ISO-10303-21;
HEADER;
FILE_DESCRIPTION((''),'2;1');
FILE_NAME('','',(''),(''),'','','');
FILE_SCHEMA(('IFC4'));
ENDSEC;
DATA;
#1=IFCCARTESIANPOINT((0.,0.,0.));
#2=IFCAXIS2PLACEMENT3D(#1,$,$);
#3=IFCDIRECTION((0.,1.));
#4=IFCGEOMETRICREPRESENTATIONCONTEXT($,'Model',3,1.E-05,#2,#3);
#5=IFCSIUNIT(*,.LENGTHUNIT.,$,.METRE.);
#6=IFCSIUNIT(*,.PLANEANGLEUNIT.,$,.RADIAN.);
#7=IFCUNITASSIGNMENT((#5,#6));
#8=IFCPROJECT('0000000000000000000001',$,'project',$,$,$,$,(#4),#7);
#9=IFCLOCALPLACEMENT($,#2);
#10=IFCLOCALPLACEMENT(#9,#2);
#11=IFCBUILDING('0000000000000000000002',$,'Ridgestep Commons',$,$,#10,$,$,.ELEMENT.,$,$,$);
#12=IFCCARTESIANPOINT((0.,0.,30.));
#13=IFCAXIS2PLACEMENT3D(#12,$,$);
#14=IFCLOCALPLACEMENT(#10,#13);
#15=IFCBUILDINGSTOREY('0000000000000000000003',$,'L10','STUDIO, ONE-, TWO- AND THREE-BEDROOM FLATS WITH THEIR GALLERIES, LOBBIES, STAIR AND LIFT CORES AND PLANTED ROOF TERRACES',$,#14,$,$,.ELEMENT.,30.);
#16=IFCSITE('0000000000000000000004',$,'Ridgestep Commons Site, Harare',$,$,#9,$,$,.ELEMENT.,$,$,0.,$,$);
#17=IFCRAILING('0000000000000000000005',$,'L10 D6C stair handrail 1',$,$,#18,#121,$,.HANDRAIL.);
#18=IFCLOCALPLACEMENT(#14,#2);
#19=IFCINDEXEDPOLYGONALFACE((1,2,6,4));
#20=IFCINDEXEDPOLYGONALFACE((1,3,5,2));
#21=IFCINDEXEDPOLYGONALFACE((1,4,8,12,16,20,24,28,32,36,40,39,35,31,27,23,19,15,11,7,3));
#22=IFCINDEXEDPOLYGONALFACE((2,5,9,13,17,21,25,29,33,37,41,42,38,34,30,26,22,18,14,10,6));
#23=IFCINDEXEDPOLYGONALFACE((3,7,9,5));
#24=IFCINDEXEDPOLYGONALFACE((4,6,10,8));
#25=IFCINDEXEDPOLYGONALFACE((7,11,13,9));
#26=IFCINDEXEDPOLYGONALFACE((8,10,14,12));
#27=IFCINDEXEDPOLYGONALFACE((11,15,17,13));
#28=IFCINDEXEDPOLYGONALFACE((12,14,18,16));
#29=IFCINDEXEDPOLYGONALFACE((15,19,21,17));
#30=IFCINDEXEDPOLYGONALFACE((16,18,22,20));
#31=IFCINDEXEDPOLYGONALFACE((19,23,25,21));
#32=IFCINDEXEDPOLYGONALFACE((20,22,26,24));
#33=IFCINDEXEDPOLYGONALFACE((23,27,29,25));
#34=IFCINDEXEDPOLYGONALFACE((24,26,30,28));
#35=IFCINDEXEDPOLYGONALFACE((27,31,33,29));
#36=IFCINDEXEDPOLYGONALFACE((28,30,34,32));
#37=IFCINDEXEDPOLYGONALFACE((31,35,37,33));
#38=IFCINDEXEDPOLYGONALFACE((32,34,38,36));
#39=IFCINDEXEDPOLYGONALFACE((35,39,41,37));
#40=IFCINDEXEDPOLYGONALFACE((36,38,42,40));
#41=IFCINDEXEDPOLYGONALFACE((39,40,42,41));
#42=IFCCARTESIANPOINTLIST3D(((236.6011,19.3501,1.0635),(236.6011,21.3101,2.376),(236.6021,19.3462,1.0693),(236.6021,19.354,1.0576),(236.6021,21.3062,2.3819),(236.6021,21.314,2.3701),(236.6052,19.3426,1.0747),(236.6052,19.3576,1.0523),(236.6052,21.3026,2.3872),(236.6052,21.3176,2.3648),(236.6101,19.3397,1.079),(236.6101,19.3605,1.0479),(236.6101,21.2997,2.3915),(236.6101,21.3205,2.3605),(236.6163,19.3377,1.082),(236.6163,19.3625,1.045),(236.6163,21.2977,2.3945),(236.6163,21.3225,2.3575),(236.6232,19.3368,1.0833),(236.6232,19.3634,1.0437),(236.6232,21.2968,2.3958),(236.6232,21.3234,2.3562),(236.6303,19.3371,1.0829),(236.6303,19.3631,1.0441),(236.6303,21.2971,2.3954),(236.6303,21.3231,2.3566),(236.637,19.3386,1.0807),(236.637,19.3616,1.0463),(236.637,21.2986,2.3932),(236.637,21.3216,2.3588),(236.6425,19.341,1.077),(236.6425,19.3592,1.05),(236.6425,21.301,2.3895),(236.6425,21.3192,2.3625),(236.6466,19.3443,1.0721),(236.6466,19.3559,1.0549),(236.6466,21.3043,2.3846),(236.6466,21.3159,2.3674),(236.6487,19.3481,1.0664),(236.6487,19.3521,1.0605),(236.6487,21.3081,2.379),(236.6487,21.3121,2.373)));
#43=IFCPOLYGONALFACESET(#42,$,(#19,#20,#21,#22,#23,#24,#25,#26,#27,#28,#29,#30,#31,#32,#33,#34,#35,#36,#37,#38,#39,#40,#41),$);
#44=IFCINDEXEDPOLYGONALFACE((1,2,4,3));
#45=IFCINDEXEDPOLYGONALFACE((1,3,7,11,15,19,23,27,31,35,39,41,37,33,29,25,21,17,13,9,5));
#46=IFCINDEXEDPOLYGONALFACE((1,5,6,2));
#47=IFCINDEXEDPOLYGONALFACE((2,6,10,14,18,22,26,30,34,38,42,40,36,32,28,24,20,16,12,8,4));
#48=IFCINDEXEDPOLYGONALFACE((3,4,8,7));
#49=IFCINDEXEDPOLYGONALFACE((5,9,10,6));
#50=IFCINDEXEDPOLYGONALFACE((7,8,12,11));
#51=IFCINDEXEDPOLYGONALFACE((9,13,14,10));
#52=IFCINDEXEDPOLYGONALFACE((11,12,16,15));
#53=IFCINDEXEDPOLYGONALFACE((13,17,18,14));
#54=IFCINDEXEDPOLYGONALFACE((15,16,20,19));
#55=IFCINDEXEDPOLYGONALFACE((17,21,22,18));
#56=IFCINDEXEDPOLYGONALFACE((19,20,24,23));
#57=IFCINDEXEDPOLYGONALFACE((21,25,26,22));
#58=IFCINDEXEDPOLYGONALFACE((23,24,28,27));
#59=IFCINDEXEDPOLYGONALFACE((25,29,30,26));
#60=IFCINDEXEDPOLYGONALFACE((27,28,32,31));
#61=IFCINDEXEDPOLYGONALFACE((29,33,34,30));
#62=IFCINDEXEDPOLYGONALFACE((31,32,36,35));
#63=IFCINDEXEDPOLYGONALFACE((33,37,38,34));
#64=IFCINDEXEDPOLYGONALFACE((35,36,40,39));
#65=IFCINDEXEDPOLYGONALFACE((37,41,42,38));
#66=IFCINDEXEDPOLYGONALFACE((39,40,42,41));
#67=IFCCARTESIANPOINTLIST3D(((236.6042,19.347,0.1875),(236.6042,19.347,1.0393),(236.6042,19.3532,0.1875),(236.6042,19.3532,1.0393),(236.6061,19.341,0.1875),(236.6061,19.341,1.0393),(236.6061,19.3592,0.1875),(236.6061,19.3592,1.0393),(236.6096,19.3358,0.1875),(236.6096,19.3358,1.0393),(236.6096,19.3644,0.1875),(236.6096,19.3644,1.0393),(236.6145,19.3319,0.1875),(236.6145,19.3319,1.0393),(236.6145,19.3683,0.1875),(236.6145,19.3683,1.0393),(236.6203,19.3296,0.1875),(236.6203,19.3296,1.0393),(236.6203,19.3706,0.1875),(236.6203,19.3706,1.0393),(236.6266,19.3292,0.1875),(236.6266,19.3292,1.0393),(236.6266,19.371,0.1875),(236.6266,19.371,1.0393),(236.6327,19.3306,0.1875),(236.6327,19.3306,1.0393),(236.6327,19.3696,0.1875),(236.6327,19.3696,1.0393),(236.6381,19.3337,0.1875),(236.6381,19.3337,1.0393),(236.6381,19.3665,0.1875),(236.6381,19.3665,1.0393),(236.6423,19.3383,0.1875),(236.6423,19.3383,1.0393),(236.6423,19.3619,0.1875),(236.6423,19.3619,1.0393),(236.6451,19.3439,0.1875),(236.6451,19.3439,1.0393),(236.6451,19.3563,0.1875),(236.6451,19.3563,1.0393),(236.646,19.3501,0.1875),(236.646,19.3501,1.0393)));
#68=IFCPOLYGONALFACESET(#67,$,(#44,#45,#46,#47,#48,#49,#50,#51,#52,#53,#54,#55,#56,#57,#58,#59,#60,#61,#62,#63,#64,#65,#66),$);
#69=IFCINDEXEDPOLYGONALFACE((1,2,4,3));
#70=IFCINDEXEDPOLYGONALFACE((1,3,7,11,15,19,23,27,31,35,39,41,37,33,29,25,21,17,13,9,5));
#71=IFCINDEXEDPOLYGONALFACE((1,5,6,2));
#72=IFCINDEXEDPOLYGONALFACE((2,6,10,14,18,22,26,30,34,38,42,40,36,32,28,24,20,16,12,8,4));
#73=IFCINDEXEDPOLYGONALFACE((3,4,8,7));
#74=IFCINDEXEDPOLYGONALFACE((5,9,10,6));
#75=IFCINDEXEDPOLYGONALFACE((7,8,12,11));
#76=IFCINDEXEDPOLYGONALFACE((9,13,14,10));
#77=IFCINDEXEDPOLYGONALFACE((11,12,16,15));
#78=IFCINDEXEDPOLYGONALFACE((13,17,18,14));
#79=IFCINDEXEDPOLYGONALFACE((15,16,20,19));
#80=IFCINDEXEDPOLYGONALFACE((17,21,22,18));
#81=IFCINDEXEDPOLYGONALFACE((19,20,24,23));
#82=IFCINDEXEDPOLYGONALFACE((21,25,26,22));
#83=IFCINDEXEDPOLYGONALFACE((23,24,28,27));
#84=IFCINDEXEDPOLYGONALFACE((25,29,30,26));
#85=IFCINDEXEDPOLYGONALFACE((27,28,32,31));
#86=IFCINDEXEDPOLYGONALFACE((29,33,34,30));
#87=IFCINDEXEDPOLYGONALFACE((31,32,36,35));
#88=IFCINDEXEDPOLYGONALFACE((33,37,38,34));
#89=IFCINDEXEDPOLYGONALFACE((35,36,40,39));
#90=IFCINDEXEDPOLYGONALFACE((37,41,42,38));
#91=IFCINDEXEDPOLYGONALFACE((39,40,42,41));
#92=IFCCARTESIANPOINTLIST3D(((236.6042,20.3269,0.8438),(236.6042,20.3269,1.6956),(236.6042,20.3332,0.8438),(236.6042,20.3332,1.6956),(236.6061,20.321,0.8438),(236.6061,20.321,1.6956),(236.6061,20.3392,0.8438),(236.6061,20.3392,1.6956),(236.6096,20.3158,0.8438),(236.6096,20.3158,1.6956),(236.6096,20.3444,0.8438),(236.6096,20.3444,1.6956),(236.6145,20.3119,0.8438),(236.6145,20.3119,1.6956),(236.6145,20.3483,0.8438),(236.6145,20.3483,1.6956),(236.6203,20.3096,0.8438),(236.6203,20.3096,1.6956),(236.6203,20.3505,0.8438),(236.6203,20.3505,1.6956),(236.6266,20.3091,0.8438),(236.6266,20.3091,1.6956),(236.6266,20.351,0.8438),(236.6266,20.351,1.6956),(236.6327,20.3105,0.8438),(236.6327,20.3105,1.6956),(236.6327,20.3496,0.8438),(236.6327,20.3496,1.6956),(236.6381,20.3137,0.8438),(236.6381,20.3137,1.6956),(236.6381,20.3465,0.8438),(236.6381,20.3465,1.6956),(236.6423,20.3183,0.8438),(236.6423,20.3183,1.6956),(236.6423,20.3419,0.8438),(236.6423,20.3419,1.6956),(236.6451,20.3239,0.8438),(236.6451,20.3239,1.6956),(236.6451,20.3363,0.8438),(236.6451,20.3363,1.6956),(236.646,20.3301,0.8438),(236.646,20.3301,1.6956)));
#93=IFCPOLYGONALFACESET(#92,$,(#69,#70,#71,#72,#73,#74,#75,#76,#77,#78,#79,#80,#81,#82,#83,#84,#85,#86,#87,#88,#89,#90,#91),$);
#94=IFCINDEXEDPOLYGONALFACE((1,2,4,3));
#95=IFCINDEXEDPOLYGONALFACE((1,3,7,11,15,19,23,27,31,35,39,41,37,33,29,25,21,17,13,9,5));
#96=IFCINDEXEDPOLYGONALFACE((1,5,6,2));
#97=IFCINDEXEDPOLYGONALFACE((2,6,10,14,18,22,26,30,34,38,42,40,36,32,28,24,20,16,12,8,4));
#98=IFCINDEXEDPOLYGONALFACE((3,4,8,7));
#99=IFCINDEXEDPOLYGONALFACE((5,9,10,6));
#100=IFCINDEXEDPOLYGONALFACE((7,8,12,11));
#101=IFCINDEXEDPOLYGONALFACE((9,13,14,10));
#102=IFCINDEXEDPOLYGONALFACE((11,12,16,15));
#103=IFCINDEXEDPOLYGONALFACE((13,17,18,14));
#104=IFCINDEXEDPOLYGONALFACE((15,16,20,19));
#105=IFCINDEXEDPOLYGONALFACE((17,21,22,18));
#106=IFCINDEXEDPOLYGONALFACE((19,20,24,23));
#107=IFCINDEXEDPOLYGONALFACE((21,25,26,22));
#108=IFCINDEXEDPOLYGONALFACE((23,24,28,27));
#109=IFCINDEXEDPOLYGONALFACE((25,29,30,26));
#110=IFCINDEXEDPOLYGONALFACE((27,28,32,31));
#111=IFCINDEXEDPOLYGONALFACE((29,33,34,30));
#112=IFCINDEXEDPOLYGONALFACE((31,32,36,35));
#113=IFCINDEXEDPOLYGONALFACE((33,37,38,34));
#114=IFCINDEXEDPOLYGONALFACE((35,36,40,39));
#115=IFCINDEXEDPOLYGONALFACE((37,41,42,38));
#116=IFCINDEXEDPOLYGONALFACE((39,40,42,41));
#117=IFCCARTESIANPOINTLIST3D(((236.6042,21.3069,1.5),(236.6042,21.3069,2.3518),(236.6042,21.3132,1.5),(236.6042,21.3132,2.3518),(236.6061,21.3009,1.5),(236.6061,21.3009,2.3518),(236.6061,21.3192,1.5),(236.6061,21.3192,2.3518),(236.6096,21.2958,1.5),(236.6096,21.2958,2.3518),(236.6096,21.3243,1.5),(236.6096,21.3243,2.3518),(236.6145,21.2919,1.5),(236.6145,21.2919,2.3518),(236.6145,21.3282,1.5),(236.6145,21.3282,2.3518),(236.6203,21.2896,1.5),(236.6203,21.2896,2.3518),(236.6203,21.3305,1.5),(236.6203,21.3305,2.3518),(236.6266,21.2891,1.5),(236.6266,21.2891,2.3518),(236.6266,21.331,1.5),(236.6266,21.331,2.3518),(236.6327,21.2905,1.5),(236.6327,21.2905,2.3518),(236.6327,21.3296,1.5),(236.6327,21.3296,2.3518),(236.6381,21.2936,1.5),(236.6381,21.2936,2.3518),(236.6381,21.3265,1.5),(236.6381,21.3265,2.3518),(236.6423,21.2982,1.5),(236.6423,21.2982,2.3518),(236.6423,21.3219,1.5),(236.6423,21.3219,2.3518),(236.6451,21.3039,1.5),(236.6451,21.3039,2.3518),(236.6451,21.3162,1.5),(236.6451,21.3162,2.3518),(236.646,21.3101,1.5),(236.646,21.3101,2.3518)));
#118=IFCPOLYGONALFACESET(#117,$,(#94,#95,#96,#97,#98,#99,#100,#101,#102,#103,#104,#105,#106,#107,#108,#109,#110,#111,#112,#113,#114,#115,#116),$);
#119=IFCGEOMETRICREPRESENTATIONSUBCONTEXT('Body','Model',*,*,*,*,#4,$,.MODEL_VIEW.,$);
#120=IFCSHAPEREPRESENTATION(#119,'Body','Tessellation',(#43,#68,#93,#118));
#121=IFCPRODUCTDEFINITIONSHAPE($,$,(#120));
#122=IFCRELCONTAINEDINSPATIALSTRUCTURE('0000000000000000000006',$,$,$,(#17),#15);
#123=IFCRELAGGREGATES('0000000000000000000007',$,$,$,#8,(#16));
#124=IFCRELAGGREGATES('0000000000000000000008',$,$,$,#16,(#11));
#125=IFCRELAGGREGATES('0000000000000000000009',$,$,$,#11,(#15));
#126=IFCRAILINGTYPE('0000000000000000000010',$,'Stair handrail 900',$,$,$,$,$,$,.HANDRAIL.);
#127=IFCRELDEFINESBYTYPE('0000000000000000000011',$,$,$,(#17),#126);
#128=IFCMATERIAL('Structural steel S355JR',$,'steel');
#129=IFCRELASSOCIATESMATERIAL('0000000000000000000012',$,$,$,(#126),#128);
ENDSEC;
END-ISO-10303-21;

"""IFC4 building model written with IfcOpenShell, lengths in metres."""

from ifc_helpers import new_model, si_unit, direction, frame, origin, origin_2d, place, context, subcontext, project, spatial, circle, extrude, material, type_object, element, save


model = new_model("IFC4")

# Units and contexts
model_context = context("Model", 3, precision=1e-05, world=origin(), true_north=direction((0.0, 1.0)))
body_context = subcontext(model_context, "Body", "Model", "MODEL_VIEW")
ifc_project = project(units=[si_unit("LENGTHUNIT", "METRE"), si_unit("PLANEANGLEUNIT", "RADIAN")], contexts=[model_context])

# Site, building, storey
site_placement = place(None, origin())
site = spatial("IfcSite", under=ifc_project, at=site_placement, Name="Ridgestep Commons Site, Harare", CompositionType="ELEMENT", RefElevation=0.0)
building_placement = place(site_placement, origin())
building = spatial("IfcBuilding", under=site, at=building_placement, Name="Ridgestep Commons", CompositionType="ELEMENT")
storey_placement = place(building_placement, frame((0.0, 0.0, 30.0)))
storey = spatial("IfcBuildingStorey", under=building, at=storey_placement, Name="L10", Description="STUDIO, ONE-, TWO- AND THREE-BEDROOM FLATS WITH THEIR GALLERIES, LOBBIES, STAIR AND LIFT CORES AND PLANTED ROOF TERRACES", CompositionType="ELEMENT", Elevation=30.0)

# Railing
ifc_material_1 = material(Name="Structural steel S355JR", Category="steel")
railing_type_1 = type_object("IfcRailingType", Name="Stair handrail 900", PredefinedType="HANDRAIL", material=ifc_material_1)
railing_1_placement = place(storey_placement, frame((236.625, 19.3501, 0.1875)))
element("IfcRailing", 1, at=railing_1_placement, inside=storey, type_object=railing_type_1, Name="L10 D6C stair handrail 1", PredefinedType="HANDRAIL", context=body_context, shape_type="SweptSolid", body=[
    extrude(circle(Radius=0.0239, at=origin_2d()), frame((0.0, 0.0, 0.876), z_axis=(0.0, 0.830902, 0.556419), x_axis=(-1.0, 0.0, 0.0)), (0.0, 0.0, 1.0), 2.3589),
    extrude(circle(Radius=0.021, at=origin_2d()), origin(), (0.0, 0.0, 1.0), 0.8518),
    extrude(circle(Radius=0.021, at=origin_2d()), frame((0.0, 0.98, 0.6562)), (0.0, 0.0, 1.0), 0.8518),
    extrude(circle(Radius=0.021, at=origin_2d()), frame((0.0, 1.96, 1.3125)), (0.0, 0.0, 1.0), 0.8518),
])

save(model, "model.ifc")
